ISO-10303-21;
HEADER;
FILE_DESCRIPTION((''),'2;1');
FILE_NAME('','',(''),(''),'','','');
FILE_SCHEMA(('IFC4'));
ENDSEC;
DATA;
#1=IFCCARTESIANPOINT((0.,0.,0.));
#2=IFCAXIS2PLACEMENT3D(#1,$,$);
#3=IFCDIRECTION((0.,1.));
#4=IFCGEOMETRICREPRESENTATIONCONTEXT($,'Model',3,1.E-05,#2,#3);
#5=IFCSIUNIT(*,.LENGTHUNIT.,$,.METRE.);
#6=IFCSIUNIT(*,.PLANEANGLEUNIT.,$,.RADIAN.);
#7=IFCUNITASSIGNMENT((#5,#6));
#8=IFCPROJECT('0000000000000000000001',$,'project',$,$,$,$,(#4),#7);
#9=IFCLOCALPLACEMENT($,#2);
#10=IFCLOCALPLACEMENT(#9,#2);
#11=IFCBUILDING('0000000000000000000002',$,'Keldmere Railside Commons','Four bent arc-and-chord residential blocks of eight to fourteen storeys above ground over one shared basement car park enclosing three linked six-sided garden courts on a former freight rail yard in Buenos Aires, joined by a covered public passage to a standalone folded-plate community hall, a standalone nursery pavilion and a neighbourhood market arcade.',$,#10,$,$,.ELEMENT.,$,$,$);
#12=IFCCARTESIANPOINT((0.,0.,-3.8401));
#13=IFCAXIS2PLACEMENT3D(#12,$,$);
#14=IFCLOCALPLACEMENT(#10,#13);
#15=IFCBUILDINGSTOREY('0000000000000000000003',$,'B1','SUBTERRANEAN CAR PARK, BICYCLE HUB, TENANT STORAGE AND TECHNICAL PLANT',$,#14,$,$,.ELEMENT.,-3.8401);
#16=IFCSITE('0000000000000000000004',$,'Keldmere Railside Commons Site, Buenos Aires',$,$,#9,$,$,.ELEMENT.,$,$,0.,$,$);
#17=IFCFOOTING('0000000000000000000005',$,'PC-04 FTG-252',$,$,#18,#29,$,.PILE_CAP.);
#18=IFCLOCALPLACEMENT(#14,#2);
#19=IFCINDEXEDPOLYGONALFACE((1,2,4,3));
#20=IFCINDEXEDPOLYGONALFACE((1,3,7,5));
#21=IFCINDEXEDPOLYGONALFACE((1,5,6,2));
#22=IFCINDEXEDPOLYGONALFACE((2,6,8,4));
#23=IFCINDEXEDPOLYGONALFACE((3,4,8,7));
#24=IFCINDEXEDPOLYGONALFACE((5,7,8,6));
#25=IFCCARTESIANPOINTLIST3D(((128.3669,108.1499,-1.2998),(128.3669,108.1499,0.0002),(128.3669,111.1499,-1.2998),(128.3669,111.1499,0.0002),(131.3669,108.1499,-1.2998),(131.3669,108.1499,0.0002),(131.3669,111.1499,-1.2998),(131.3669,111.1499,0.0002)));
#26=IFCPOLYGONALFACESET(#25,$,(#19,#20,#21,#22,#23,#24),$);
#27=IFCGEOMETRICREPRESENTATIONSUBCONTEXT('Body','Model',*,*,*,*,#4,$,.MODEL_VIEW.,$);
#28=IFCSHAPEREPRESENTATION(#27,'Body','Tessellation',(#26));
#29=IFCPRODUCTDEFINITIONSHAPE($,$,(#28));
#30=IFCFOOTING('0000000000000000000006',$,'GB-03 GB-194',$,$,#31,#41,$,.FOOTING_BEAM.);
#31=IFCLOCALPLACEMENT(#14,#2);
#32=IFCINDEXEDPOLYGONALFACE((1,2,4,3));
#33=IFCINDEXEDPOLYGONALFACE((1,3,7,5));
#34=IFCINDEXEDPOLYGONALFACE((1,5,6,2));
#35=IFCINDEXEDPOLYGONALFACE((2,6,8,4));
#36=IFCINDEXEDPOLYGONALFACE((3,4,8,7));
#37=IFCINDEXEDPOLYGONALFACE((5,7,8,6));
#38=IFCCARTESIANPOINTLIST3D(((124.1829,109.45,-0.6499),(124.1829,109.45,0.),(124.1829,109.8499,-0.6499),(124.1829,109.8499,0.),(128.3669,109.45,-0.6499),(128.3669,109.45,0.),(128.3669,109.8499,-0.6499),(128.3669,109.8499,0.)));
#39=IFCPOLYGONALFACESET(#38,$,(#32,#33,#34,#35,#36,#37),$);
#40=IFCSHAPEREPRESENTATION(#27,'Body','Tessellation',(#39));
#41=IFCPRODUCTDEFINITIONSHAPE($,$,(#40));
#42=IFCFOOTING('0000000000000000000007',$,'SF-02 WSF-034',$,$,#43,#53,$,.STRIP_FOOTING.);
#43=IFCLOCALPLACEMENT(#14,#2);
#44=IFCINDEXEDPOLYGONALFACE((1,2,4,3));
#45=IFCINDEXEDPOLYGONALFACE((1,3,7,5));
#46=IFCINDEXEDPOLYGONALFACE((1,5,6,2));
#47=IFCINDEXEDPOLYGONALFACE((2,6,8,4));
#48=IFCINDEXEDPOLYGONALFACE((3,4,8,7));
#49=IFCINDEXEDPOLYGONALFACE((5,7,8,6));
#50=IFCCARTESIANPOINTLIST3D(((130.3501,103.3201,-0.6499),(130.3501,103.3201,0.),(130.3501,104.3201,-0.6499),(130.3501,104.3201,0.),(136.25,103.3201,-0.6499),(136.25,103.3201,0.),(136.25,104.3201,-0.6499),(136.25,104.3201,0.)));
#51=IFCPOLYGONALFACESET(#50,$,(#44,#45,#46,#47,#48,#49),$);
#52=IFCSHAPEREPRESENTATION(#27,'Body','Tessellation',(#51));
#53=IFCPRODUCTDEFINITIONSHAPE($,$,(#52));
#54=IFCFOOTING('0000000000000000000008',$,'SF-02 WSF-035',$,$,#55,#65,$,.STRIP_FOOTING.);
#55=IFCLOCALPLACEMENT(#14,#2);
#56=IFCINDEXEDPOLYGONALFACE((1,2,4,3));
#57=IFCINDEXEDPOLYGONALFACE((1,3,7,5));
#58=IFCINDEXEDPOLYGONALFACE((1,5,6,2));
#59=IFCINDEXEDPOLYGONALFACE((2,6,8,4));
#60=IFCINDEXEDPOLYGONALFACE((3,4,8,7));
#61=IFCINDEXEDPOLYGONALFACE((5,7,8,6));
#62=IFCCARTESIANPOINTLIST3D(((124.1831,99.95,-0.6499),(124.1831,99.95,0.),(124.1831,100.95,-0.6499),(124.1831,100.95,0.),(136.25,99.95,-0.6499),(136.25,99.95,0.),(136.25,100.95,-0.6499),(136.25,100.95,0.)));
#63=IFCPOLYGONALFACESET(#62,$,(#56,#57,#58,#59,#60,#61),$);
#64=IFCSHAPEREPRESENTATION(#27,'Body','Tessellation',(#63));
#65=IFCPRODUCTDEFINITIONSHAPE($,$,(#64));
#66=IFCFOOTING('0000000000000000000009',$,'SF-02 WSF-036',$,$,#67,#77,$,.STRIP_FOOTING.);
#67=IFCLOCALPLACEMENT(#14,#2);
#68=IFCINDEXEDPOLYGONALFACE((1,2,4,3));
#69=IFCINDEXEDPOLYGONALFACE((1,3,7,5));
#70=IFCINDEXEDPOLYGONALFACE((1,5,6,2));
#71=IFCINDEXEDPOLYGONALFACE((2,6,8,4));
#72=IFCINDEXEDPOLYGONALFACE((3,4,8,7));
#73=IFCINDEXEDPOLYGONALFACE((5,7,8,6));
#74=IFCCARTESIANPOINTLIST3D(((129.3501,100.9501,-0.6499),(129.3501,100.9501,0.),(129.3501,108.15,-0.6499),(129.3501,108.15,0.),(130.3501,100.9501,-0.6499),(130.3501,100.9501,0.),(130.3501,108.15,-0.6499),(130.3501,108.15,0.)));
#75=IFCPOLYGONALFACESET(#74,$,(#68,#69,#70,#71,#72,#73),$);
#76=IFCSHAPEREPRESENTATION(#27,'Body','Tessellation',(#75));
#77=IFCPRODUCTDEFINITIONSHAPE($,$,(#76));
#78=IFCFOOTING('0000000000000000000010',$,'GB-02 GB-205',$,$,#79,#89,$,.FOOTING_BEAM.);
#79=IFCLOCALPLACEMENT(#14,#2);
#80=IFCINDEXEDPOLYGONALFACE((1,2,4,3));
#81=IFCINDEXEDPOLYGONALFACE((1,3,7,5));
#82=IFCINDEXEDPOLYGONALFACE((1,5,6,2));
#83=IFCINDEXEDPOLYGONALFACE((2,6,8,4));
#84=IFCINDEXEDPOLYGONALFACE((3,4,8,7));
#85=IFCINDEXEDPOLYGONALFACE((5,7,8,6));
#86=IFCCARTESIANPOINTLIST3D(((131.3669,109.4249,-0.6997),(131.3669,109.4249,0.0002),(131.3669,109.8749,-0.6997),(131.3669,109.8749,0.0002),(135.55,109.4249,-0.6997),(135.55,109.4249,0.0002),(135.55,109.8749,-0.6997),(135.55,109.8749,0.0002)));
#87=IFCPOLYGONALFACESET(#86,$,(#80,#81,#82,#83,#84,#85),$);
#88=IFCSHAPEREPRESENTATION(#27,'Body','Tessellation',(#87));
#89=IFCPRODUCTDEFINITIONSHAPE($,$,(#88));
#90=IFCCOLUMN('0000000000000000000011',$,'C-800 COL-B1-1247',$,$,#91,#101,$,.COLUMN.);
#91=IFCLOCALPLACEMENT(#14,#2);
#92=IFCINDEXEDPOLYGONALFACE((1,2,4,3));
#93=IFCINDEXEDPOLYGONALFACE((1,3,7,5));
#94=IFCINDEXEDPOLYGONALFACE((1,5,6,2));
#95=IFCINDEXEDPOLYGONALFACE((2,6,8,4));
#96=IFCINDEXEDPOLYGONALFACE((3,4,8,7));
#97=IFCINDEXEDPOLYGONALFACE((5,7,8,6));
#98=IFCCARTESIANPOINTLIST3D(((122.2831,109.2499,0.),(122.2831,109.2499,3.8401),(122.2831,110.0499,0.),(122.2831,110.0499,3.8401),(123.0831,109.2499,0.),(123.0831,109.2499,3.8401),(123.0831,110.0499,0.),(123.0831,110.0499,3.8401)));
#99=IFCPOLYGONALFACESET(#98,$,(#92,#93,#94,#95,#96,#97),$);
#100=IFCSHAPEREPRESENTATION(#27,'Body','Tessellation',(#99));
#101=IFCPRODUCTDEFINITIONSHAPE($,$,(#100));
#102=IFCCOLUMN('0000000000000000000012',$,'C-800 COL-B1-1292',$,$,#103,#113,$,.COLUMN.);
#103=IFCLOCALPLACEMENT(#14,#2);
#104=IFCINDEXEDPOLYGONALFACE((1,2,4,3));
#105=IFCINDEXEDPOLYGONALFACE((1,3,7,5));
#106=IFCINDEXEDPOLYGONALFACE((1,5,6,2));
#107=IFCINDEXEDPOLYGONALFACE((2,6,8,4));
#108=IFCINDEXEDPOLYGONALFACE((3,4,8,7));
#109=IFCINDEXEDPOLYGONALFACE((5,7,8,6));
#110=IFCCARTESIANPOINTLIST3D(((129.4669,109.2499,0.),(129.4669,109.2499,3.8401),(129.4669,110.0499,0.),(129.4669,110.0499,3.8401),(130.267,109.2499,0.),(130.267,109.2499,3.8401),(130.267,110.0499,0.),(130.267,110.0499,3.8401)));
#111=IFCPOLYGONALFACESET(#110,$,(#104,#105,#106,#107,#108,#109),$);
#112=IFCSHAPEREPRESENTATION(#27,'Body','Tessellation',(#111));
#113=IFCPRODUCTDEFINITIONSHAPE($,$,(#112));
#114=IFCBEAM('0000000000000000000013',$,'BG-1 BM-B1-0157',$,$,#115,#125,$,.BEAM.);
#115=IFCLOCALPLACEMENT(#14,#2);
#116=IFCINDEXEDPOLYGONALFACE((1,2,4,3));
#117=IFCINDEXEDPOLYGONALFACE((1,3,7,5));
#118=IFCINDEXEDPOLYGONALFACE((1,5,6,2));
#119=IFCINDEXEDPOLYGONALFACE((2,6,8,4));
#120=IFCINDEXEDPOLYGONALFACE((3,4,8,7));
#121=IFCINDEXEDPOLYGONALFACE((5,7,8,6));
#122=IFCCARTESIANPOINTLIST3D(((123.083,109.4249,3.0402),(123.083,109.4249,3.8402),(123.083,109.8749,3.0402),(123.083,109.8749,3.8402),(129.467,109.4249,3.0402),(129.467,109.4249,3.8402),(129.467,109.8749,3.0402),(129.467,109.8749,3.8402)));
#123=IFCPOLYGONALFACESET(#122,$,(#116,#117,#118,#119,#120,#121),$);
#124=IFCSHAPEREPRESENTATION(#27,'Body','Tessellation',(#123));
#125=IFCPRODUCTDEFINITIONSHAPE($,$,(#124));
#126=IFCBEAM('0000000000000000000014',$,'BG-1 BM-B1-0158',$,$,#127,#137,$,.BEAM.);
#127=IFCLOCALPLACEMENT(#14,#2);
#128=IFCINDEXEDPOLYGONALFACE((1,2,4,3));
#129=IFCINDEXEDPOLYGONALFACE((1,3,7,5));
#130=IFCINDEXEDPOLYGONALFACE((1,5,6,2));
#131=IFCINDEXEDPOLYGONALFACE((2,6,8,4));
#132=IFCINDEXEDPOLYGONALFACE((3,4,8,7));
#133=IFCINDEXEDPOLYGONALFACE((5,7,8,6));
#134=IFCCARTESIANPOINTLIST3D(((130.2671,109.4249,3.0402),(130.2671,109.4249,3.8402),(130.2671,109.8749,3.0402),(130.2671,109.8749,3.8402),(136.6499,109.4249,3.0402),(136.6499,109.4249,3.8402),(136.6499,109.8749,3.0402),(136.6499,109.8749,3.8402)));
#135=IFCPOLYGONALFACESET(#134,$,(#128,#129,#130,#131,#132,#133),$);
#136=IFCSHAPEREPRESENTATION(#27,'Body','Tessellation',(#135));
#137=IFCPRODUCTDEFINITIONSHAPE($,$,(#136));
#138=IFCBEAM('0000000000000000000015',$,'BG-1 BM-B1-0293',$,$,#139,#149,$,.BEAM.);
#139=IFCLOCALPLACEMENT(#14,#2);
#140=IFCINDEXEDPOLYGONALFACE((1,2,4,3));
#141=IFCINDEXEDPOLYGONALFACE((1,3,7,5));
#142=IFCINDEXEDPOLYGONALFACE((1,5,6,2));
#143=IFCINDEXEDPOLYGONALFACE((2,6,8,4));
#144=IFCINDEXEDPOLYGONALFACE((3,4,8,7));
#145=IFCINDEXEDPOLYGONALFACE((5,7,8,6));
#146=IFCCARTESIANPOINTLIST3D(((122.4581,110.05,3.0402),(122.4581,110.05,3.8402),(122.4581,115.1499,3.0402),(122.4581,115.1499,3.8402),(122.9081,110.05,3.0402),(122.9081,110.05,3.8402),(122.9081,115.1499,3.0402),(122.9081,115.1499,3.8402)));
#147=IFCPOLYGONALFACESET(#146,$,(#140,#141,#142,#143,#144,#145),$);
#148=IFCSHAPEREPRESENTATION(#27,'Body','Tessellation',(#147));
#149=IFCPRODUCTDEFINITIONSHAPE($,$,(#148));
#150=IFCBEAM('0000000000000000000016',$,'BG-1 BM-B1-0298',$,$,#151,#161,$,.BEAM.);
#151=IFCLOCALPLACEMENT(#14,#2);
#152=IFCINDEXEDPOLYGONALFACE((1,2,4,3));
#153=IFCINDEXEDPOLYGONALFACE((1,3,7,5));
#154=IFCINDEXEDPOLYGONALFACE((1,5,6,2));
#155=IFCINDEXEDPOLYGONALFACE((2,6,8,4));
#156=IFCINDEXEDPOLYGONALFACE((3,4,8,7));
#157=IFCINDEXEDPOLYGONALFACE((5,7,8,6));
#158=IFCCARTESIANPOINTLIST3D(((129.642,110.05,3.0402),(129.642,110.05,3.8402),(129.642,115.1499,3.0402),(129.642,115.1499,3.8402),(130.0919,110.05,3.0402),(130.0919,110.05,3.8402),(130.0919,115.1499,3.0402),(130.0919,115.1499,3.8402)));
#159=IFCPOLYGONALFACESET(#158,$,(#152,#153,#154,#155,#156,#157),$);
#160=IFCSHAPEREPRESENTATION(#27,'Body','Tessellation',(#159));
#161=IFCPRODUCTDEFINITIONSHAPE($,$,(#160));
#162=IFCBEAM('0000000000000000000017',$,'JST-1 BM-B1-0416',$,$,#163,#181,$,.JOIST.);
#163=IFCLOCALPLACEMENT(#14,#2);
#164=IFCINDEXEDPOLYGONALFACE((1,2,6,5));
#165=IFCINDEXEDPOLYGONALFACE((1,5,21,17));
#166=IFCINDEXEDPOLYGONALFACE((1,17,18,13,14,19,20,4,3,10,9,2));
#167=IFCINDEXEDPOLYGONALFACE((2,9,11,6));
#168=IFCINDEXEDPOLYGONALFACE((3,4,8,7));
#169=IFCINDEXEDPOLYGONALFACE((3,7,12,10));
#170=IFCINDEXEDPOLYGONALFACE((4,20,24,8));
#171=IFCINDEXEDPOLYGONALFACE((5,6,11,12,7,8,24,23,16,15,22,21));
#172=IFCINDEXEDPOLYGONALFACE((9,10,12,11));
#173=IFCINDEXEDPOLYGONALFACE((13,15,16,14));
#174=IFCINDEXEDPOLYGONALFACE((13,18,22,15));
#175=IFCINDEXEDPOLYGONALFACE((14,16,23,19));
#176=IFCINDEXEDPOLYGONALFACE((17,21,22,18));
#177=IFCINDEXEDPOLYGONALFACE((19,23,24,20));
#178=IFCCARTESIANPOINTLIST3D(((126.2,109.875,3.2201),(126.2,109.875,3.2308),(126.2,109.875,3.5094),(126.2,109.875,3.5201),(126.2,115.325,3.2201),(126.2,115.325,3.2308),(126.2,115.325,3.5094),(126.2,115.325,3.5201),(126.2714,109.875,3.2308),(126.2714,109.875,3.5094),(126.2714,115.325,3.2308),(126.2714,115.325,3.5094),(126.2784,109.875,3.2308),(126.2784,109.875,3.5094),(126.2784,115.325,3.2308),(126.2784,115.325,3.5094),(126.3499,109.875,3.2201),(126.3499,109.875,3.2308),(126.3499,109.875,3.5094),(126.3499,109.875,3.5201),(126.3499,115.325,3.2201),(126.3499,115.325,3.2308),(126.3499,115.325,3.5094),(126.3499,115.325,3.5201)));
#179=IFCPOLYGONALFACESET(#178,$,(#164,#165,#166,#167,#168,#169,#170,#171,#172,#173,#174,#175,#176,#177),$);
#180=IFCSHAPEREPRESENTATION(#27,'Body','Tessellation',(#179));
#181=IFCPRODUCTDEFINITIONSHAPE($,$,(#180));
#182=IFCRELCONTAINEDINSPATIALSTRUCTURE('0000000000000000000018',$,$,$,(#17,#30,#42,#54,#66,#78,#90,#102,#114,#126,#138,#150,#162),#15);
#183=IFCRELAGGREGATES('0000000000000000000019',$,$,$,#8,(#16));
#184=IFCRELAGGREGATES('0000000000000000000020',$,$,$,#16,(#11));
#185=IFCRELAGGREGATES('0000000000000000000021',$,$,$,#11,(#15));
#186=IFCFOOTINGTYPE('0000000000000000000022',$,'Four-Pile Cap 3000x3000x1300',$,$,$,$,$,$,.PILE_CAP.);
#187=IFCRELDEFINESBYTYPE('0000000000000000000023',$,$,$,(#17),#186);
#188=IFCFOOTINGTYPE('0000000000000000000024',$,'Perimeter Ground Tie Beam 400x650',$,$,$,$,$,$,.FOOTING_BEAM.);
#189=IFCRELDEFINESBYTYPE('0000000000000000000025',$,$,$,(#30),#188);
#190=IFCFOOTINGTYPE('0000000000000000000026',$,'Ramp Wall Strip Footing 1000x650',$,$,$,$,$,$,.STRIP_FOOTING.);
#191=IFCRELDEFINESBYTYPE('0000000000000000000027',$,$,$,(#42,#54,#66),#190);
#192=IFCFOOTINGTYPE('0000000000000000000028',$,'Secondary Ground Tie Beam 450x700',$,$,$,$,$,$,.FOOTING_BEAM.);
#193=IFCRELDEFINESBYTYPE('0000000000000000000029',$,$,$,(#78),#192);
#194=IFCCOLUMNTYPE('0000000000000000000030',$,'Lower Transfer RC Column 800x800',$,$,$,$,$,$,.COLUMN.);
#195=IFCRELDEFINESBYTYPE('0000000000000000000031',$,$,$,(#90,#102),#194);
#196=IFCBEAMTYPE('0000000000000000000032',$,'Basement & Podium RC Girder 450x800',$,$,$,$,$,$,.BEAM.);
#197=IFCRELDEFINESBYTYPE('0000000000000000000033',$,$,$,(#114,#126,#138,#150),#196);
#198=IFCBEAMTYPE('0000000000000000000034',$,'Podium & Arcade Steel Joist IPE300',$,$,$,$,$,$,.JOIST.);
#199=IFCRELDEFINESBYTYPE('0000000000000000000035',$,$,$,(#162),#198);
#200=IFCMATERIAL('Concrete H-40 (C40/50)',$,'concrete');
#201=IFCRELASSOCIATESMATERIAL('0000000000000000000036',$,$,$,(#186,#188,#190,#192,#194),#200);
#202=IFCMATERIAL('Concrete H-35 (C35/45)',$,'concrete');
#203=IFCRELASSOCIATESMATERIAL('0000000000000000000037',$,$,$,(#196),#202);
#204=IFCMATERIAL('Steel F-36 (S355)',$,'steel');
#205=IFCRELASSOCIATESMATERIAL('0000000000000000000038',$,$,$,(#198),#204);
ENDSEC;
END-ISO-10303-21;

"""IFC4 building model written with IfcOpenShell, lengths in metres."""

from ifc_helpers import new_model, si_unit, direction, frame, origin, origin_2d, place, context, subcontext, project, spatial, rectangle, i_section, extrude, material, material_profile, profile_set, type_object, element, save


model = new_model("IFC4")

# Units and contexts
model_context = context("Model", 3, precision=1e-05, world=origin(), true_north=direction((0.0, 1.0)))
body_context = subcontext(model_context, "Body", "Model", "MODEL_VIEW")
ifc_project = project(units=[si_unit("LENGTHUNIT", "METRE"), si_unit("PLANEANGLEUNIT", "RADIAN")], contexts=[model_context])

# Site, building, storey
site_placement = place(None, origin())
site = spatial("IfcSite", under=ifc_project, at=site_placement, Name="Keldmere Railside Commons Site, Buenos Aires", CompositionType="ELEMENT", RefElevation=0.0)
building_placement = place(site_placement, origin())
building = spatial("IfcBuilding", under=site, at=building_placement, Name="Keldmere Railside Commons", Description="Four bent arc-and-chord residential blocks of eight to fourteen storeys above ground over one shared basement car park enclosing three linked six-sided garden courts on a former freight rail yard in Buenos Aires, joined by a covered public passage to a standalone folded-plate community hall, a standalone nursery pavilion and a neighbourhood market arcade.", CompositionType="ELEMENT")
storey_placement = place(building_placement, frame((0.0, 0.0, -3.8401)))
storey = spatial("IfcBuildingStorey", under=building, at=storey_placement, Name="B1", Description="SUBTERRANEAN CAR PARK, BICYCLE HUB, TENANT STORAGE AND TECHNICAL PLANT", CompositionType="ELEMENT", Elevation=-3.8401)

# Footings
ifc_material_1 = material(Name="Concrete H-40 (C40/50)", Category="concrete")
footing_type_1 = type_object("IfcFootingType", Name="Four-Pile Cap 3000x3000x1300", PredefinedType="PILE_CAP", material=ifc_material_1)
footing_1_placement = place(storey_placement, frame((129.8669, 109.6499, -1.2998), z_axis=(0.0, 0.0, 1.0), x_axis=(1.0, 0.0, 0.0)))
element("IfcFooting", 1, at=footing_1_placement, inside=storey, type_object=footing_type_1, Name="PC-04 FTG-252", PredefinedType="PILE_CAP", context=body_context, shape_type="SweptSolid", body=[
    extrude(rectangle(XDim=3.0, YDim=3.0, at=origin_2d()), origin(), (0.0, 0.0, 1.0), 1.3),
])
footing_type_2 = type_object("IfcFootingType", Name="Perimeter Ground Tie Beam 400x650", PredefinedType="FOOTING_BEAM", material=ifc_material_1)
footing_2_placement = place(storey_placement, frame((126.2749, 109.6499, -0.6499), z_axis=(0.0, 0.0, 1.0), x_axis=(1.0, 0.0, 0.0)))
element("IfcFooting", 2, at=footing_2_placement, inside=storey, type_object=footing_type_2, Name="GB-03 GB-194", PredefinedType="FOOTING_BEAM", context=body_context, shape_type="SweptSolid", body=[
    extrude(rectangle(XDim=4.1841, YDim=0.3999, at=origin_2d()), origin(), (0.0, 0.0, 1.0), 0.6499),
])
footing_type_3 = type_object("IfcFootingType", Name="Ramp Wall Strip Footing 1000x650", PredefinedType="STRIP_FOOTING", material=ifc_material_1)
footing_3_placement = place(storey_placement, frame((133.3, 103.8201, -0.6499), z_axis=(0.0, 0.0, 1.0), x_axis=(1.0, 0.0, 0.0)))
element("IfcFooting", 3, at=footing_3_placement, inside=storey, type_object=footing_type_3, Name="SF-02 WSF-034", PredefinedType="STRIP_FOOTING", context=body_context, shape_type="SweptSolid", body=[
    extrude(rectangle(XDim=5.8999, YDim=1.0, at=origin_2d()), origin(), (0.0, 0.0, 1.0), 0.6499),
])
footing_4_placement = place(storey_placement, frame((130.2166, 100.45, -0.6499), z_axis=(0.0, 0.0, 1.0), x_axis=(1.0, 0.0, 0.0)))
element("IfcFooting", 4, at=footing_4_placement, inside=storey, type_object=footing_type_3, Name="SF-02 WSF-035", PredefinedType="STRIP_FOOTING", context=body_context, shape_type="SweptSolid", body=[
    extrude(rectangle(XDim=12.0669, YDim=1.0, at=origin_2d()), origin(), (0.0, 0.0, 1.0), 0.6499),
])
footing_5_placement = place(storey_placement, frame((129.8501, 104.55, -0.6499), z_axis=(0.0, 0.0, 1.0), x_axis=(0.0, 1.0, 0.0)))
element("IfcFooting", 5, at=footing_5_placement, inside=storey, type_object=footing_type_3, Name="SF-02 WSF-036", PredefinedType="STRIP_FOOTING", context=body_context, shape_type="SweptSolid", body=[
    extrude(rectangle(XDim=7.2, YDim=1.0, at=origin_2d()), origin(), (0.0, 0.0, 1.0), 0.6499),
])
footing_type_4 = type_object("IfcFootingType", Name="Secondary Ground Tie Beam 450x700", PredefinedType="FOOTING_BEAM", material=ifc_material_1)
footing_6_placement = place(storey_placement, frame((133.4585, 109.6499, -0.6997), z_axis=(0.0, 0.0, 1.0), x_axis=(1.0, 0.0, 0.0)))
element("IfcFooting", 6, at=footing_6_placement, inside=storey, type_object=footing_type_4, Name="GB-02 GB-205", PredefinedType="FOOTING_BEAM", context=body_context, shape_type="SweptSolid", body=[
    extrude(rectangle(XDim=4.1831, YDim=0.45, at=origin_2d()), origin(), (0.0, 0.0, 1.0), 0.7),
])

# Columns
ifc_material_profile_1 = material_profile(ifc_material_1, rectangle(XDim=0.8, YDim=0.8, at=origin_2d()), Name="RC-800x800")
ifc_profile_set_1 = profile_set([ifc_material_profile_1], Name="Concrete H-40 (C40/50)")
column_type = type_object("IfcColumnType", Name="Lower Transfer RC Column 800x800", PredefinedType="COLUMN", material=ifc_profile_set_1)
for number, where, z_axis, x_axis, name in (
    (7, (122.6831, 109.6499, 0.0), (0.0, 0.0, 1.0), (1.0, 0.0, 0.0), "C-800 COL-B1-1247"),
    (8, (129.8669, 109.6499, 0.0), (0.0, 0.0, 1.0), (1.0, 0.0, 0.0), "C-800 COL-B1-1292"),
):
    element("IfcColumn", number, at=place(storey_placement, frame(where, z_axis=z_axis, x_axis=x_axis)), inside=storey, type_object=column_type, Name=name, PredefinedType="COLUMN", context=body_context, shape_type="SweptSolid", body=[
        extrude(rectangle(XDim=0.8, YDim=0.8, at=origin_2d()), origin(), (0.0, 0.0, 1.0), 3.8401),
    ])

# Beams
ifc_material_2 = material(Name="Concrete H-35 (C35/45)", Category="concrete")
ifc_material_profile_2 = material_profile(ifc_material_2, rectangle(XDim=0.45, YDim=0.8, at=origin_2d()), Name="RC-450x800")
ifc_profile_set_2 = profile_set([ifc_material_profile_2], Name="Concrete H-35 (C35/45)")
beam_type_1 = type_object("IfcBeamType", Name="Basement & Podium RC Girder 450x800", PredefinedType="BEAM", material=ifc_profile_set_2)
beam_1_placement = place(storey_placement, frame((123.083, 109.6499, 3.4402), z_axis=(1.0, 0.0, 0.0), x_axis=(0.0, 1.0, 0.0)))
element("IfcBeam", 9, at=beam_1_placement, inside=storey, type_object=beam_type_1, Name="BG-1 BM-B1-0157", PredefinedType="BEAM", context=body_context, shape_type="SweptSolid", body=[
    extrude(rectangle(XDim=0.45, YDim=0.8, at=origin_2d()), origin(), (0.0, 0.0, 1.0), 6.384),
])
beam_2_placement = place(storey_placement, frame((130.2671, 109.6499, 3.4402), z_axis=(1.0, 0.0, 0.0), x_axis=(0.0, 1.0, 0.0)))
element("IfcBeam", 10, at=beam_2_placement, inside=storey, type_object=beam_type_1, Name="BG-1 BM-B1-0158", PredefinedType="BEAM", context=body_context, shape_type="SweptSolid", body=[
    extrude(rectangle(XDim=0.45, YDim=0.8, at=origin_2d()), origin(), (0.0, 0.0, 1.0), 6.3828),
])
for number, where, z_axis, x_axis, name in (
    (11, (122.6831, 110.05, 3.4402), (0.0, 1.0, 0.0), (-1.0, 0.0, 0.0), "BG-1 BM-B1-0293"),
    (12, (129.8669, 110.05, 3.4402), (0.0, 1.0, 0.0), (-1.0, 0.0, 0.0), "BG-1 BM-B1-0298"),
):
    element("IfcBeam", number, at=place(storey_placement, frame(where, z_axis=z_axis, x_axis=x_axis)), inside=storey, type_object=beam_type_1, Name=name, PredefinedType="BEAM", context=body_context, shape_type="SweptSolid", body=[
        extrude(rectangle(XDim=0.45, YDim=0.8, at=origin_2d()), origin(), (0.0, 0.0, 1.0), 5.0999),
    ])
ifc_material_3 = material(Name="Steel F-36 (S355)", Category="steel")
ifc_material_profile_3 = material_profile(ifc_material_3, i_section(OverallWidth=0.1499, OverallDepth=0.3, WebThickness=0.0071, FlangeThickness=0.0107, at=origin_2d()), Name="IPE-300")
ifc_profile_set_3 = profile_set([ifc_material_profile_3], Name="Steel F-36 (S355)")
beam_type_2 = type_object("IfcBeamType", Name="Podium & Arcade Steel Joist IPE300", PredefinedType="JOIST", material=ifc_profile_set_3)
for number, where, z_axis, x_axis, name in (
    (13, (126.2749, 109.875, 3.3701), (0.0, 1.0, 0.0), (-1.0, 0.0, 0.0), "JST-1 BM-B1-0416"),
):
    element("IfcBeam", number, at=place(storey_placement, frame(where, z_axis=z_axis, x_axis=x_axis)), inside=storey, type_object=beam_type_2, Name=name, PredefinedType="JOIST", context=body_context, shape_type="SweptSolid", body=[
        extrude(i_section(OverallWidth=0.1499, OverallDepth=0.3, WebThickness=0.0071, FlangeThickness=0.0107, at=origin_2d()), origin(), (0.0, 0.0, 1.0), 5.45),
    ])

save(model, "model.ifc")
